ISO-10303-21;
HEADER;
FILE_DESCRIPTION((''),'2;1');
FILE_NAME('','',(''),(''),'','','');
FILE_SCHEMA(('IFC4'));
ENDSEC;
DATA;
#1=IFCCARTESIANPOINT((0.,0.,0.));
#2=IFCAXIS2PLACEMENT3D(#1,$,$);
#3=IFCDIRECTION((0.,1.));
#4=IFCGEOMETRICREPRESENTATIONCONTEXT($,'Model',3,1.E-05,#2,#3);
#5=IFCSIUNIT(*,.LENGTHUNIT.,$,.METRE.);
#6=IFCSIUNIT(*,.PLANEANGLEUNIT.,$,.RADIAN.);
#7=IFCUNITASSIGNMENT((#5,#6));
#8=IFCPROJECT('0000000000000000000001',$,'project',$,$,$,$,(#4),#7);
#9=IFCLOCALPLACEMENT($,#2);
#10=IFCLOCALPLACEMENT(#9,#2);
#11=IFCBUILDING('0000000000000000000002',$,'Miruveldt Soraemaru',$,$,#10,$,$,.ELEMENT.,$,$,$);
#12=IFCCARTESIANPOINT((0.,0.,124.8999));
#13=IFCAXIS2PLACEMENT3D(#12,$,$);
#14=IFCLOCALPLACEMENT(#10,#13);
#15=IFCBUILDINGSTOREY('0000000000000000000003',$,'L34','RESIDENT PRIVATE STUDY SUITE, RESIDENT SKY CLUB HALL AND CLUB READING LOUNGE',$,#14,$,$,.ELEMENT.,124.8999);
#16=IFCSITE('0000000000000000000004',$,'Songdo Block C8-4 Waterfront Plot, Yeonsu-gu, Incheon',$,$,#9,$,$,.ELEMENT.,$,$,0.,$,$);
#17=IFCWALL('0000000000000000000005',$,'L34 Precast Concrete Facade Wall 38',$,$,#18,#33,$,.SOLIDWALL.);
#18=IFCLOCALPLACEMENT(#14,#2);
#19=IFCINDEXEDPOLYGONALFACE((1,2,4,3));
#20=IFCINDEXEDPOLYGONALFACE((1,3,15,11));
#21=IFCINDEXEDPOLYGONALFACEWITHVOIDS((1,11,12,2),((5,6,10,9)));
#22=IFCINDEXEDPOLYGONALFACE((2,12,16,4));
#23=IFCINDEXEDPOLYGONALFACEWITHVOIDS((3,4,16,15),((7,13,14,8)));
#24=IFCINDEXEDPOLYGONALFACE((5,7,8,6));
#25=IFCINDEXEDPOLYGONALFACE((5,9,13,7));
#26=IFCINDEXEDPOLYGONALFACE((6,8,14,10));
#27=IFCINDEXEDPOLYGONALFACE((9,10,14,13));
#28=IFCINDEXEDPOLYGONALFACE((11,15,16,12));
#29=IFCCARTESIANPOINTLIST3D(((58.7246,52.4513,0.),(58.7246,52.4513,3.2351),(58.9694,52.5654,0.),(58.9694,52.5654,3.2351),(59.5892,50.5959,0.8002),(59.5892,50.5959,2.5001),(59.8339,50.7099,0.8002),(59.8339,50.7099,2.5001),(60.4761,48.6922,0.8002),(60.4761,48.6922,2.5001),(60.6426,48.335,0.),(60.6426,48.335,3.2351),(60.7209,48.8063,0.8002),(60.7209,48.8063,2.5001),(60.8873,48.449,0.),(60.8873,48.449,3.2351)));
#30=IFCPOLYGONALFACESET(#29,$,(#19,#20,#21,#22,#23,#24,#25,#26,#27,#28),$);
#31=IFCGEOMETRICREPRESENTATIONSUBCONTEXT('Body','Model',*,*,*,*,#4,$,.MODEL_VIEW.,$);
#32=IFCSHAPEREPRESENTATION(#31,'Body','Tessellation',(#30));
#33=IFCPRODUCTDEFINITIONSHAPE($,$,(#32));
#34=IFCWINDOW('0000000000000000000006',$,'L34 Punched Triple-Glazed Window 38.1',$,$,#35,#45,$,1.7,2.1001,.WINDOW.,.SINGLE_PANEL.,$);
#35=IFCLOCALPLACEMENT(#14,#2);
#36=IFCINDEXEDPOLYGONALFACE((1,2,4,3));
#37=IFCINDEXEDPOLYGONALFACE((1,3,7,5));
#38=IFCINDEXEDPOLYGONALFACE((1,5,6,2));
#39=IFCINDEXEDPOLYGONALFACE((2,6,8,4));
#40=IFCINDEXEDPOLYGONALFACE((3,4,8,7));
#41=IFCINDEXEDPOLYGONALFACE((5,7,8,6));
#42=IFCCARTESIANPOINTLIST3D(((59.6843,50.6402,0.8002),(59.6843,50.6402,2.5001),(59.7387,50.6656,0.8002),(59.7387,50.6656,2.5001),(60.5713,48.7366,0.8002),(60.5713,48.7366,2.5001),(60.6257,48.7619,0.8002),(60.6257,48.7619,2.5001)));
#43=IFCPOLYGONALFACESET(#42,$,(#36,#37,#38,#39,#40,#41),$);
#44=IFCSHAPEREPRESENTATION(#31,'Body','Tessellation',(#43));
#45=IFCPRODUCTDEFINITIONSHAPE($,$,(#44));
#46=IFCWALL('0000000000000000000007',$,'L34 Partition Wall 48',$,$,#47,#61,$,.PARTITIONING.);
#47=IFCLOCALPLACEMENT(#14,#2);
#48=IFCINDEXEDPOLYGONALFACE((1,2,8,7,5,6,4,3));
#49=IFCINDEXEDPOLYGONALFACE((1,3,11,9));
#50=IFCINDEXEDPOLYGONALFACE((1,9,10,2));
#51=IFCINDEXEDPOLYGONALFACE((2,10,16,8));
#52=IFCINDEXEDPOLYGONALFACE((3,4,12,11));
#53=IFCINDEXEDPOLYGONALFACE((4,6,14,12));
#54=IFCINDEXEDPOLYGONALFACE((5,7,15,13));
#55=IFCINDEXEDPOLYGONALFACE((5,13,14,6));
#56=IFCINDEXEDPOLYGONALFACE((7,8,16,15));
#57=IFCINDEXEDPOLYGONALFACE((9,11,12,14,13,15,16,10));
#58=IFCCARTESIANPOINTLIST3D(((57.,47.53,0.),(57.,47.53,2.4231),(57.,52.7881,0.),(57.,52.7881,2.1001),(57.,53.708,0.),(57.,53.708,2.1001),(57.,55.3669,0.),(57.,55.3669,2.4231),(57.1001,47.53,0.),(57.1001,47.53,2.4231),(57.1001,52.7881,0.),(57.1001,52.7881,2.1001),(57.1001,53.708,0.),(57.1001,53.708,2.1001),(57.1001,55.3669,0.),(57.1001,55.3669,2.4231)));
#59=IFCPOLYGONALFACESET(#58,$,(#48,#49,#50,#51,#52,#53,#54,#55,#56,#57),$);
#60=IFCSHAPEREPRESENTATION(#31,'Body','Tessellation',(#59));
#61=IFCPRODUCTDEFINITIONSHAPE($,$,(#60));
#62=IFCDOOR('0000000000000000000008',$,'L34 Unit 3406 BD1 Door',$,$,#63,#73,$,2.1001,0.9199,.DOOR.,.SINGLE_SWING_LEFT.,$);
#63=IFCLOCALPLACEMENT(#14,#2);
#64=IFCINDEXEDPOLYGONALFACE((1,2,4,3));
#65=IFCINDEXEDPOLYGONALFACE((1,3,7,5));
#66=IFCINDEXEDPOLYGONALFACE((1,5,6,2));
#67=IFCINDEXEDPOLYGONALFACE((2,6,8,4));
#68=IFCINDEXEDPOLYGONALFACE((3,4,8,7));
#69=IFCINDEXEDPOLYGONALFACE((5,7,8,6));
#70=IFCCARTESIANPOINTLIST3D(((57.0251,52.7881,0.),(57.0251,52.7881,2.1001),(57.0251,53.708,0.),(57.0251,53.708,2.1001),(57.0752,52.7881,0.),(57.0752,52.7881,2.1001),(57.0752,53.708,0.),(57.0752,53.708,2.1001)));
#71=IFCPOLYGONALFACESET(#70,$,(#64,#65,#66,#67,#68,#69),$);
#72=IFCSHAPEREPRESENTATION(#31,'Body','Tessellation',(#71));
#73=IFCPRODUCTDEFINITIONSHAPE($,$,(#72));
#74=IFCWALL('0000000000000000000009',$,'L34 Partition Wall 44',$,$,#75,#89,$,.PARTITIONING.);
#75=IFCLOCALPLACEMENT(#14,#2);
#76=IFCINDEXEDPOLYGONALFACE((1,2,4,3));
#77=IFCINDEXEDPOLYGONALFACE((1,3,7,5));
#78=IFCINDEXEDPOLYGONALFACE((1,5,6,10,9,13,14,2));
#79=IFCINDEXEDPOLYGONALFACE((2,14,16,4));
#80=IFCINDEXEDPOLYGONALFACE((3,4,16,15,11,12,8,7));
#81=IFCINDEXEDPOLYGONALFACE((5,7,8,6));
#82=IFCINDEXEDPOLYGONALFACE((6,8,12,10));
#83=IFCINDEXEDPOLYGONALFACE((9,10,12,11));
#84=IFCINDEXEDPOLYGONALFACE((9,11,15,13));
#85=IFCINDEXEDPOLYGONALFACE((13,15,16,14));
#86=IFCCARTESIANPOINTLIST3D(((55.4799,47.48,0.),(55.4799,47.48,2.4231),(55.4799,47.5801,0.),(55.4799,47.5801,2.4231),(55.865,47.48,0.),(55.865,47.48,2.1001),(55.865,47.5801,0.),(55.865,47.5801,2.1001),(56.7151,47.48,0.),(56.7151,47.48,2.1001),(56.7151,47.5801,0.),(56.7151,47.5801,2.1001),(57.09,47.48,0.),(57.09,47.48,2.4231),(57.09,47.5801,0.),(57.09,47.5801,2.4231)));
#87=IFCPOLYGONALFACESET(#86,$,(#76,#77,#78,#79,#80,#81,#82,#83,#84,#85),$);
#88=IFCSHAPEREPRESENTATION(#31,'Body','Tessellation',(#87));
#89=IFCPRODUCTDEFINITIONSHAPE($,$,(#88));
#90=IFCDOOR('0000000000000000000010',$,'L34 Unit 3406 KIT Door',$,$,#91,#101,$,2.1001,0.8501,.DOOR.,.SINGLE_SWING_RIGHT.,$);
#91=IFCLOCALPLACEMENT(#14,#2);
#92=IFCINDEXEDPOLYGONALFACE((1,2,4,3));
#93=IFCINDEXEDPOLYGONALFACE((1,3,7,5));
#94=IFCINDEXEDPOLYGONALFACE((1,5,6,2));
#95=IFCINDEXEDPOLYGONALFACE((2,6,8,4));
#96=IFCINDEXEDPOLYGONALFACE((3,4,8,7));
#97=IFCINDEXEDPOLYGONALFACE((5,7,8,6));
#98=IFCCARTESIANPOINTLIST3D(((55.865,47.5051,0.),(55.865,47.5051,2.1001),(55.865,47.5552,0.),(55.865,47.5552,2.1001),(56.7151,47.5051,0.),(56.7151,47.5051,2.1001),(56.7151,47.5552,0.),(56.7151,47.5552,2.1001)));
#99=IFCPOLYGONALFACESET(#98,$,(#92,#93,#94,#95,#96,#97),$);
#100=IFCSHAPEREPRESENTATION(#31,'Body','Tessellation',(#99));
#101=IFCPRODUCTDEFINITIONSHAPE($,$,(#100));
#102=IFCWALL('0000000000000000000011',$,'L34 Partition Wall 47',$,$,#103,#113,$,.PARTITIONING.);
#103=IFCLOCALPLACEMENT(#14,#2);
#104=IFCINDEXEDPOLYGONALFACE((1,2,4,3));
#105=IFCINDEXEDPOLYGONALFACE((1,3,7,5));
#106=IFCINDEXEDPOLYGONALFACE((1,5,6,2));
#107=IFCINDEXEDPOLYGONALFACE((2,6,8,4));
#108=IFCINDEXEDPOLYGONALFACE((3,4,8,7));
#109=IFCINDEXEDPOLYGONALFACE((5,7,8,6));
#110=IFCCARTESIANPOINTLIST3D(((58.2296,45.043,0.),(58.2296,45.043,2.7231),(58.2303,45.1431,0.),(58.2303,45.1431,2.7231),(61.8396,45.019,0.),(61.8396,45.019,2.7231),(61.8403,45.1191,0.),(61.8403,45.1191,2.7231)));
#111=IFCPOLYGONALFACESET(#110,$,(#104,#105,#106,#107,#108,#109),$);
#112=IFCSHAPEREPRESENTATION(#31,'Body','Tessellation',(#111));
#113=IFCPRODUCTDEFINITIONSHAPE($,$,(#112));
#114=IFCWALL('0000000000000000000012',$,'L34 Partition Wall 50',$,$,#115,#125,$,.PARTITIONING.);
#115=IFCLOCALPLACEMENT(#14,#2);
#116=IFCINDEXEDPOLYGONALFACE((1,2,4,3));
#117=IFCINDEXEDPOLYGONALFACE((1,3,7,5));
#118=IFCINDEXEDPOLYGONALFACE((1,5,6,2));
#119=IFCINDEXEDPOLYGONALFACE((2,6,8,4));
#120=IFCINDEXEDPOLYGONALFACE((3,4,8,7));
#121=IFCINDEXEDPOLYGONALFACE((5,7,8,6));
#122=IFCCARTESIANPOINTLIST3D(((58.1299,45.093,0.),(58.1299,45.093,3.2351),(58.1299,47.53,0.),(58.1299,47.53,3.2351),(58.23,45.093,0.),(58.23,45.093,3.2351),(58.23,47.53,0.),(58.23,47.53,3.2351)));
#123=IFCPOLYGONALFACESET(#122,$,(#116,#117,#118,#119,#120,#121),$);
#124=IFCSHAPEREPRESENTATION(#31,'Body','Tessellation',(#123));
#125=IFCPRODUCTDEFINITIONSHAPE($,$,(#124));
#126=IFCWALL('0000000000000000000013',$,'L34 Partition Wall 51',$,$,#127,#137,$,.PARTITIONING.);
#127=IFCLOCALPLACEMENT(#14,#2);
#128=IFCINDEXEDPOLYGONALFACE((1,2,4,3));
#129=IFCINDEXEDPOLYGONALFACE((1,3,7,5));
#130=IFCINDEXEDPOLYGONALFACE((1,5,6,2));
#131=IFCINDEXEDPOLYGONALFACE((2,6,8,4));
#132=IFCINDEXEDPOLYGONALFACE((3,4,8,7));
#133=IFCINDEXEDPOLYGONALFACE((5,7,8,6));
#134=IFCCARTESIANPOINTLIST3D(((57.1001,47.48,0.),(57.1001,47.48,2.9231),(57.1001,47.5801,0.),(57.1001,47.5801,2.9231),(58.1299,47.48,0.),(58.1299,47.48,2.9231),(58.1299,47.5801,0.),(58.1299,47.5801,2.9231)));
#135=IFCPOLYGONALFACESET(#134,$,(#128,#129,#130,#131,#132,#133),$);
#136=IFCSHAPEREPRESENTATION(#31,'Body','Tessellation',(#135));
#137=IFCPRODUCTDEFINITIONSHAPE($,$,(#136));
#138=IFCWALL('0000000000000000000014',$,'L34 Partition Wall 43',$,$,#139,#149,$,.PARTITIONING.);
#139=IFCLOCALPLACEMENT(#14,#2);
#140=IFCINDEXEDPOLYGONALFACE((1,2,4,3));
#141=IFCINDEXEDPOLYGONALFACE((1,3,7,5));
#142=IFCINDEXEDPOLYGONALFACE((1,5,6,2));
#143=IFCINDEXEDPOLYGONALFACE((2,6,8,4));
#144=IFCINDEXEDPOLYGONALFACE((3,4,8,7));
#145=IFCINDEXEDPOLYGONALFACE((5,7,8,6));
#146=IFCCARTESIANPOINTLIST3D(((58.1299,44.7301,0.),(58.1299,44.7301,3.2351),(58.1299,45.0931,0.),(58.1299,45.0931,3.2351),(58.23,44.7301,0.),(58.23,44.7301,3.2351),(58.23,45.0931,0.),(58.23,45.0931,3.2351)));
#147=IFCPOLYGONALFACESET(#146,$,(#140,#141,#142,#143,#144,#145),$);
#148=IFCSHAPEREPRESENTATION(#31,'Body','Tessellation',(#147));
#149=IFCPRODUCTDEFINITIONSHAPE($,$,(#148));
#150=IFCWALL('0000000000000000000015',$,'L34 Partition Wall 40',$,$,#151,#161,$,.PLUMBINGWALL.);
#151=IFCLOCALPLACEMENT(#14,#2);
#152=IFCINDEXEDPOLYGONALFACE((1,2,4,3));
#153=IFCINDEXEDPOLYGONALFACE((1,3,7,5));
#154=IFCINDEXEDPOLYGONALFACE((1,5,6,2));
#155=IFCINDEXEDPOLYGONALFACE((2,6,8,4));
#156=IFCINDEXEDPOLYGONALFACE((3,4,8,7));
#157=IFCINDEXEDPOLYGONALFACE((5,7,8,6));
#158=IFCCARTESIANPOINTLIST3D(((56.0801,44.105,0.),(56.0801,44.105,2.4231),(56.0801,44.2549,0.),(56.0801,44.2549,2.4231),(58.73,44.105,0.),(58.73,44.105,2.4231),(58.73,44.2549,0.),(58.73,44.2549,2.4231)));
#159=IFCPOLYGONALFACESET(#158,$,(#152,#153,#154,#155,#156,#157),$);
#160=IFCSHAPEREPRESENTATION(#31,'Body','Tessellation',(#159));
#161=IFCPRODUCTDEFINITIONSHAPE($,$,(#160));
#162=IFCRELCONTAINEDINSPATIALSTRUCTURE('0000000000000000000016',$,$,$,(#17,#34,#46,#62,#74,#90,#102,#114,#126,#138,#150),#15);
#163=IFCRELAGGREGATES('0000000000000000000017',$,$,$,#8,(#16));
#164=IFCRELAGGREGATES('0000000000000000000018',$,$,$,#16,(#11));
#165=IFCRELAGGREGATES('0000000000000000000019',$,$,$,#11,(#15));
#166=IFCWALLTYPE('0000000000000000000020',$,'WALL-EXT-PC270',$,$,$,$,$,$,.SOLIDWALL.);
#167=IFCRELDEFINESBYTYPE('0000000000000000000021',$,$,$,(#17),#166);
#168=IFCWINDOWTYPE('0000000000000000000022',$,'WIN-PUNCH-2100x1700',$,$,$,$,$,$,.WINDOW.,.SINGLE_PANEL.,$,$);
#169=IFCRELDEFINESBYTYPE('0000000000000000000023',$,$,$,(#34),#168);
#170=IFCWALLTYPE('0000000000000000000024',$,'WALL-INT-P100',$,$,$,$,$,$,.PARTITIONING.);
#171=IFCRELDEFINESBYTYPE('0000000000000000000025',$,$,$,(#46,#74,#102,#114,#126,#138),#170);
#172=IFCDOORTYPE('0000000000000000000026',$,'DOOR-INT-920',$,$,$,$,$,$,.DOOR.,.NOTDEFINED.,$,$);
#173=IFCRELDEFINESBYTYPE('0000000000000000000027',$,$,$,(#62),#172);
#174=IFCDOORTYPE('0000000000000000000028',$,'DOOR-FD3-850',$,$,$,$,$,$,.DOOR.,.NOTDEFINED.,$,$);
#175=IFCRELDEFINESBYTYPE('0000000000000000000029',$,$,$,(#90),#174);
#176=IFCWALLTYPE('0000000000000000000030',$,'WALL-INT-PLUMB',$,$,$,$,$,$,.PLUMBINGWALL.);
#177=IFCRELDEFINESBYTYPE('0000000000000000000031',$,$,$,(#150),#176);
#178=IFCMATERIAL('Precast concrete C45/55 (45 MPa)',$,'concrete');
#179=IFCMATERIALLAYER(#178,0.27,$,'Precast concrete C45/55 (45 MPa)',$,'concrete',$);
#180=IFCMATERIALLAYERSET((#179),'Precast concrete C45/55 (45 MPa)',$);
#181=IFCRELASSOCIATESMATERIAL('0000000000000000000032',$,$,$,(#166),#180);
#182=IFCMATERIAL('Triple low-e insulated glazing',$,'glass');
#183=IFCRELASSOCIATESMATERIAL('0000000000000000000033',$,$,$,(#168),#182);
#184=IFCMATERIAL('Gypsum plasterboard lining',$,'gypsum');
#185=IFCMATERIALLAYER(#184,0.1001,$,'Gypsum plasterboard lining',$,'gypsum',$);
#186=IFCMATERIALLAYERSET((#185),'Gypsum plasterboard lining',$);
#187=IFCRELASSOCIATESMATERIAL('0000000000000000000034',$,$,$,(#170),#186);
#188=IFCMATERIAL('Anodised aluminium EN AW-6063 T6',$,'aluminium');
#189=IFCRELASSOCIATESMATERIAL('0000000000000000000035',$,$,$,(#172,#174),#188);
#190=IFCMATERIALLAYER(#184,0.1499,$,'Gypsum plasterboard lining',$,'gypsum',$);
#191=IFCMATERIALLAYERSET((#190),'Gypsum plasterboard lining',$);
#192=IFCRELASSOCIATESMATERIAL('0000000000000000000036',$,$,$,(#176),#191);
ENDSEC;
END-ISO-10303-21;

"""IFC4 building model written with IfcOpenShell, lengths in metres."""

from ifc_helpers import new_model, si_unit, direction, frame, frame_2d, origin, place, context, subcontext, project, spatial, rectangle, extrude, material, layer, layer_set, type_object, element, fill, save


model = new_model("IFC4")

# Units and contexts
model_context = context("Model", 3, precision=1e-05, world=origin(), true_north=direction((0.0, 1.0)))
body_context = subcontext(model_context, "Body", "Model", "MODEL_VIEW")
ifc_project = project(units=[si_unit("LENGTHUNIT", "METRE"), si_unit("PLANEANGLEUNIT", "RADIAN")], contexts=[model_context])

# Site, building, storey
site_placement = place(None, origin())
site = spatial("IfcSite", under=ifc_project, at=site_placement, Name="Songdo Block C8-4 Waterfront Plot, Yeonsu-gu, Incheon", CompositionType="ELEMENT", RefElevation=0.0)
building_placement = place(site_placement, origin())
building = spatial("IfcBuilding", under=site, at=building_placement, Name="Miruveldt Soraemaru", CompositionType="ELEMENT")
storey_placement = place(building_placement, frame((0.0, 0.0, 124.8999)))
storey = spatial("IfcBuildingStorey", under=building, at=storey_placement, Name="L34", Description="RESIDENT PRIVATE STUDY SUITE, RESIDENT SKY CLUB HALL AND CLUB READING LOUNGE", CompositionType="ELEMENT", Elevation=124.8999)

# Shared definitions
ifc_material_1 = material(Name="Anodised aluminium EN AW-6063 T6", Category="aluminium")

# Wall, opening, window
ifc_material_2 = material(Name="Precast concrete C45/55 (45 MPa)", Category="concrete")
ifc_layer_1 = layer(ifc_material_2, 0.27, Name="Precast concrete C45/55 (45 MPa)", Category="concrete")
ifc_layer_set_1 = layer_set([ifc_layer_1], Name="Precast concrete C45/55 (45 MPa)")
wall_type_1 = type_object("IfcWallType", Name="WALL-EXT-PC270", PredefinedType="SOLIDWALL", material=ifc_layer_set_1)
ifc_material_3 = material(Name="Triple low-e insulated glazing", Category="glass")
window_type = type_object("IfcWindowType", Name="WIN-PUNCH-2100x1700", PartitioningType="SINGLE_PANEL", PredefinedType="WINDOW", material=ifc_material_3)
wall_1_placement = place(storey_placement, frame((60.7649, 48.3921, 0.0), z_axis=(0.0, 0.0, 1.0), x_axis=(-0.422335, 0.90644, 0.0)))
wall_1 = element("IfcWall", 1, at=wall_1_placement, inside=storey, type_object=wall_type_1, Name="L34 Precast Concrete Facade Wall 38", PredefinedType="SOLIDWALL", context=body_context, shape_type="SweptSolid", body=[
    extrude(rectangle(XDim=4.5413, YDim=0.27, at=frame_2d((2.2705, 0.0))), origin(), (0.0, 0.0, 1.0), 3.2351),
])
opening_1_placement = place(wall_1_placement, frame((0.394, 0.0, 0.8)))
opening_1 = element("IfcOpeningElement", 2, at=opening_1_placement, cuts=wall_1, PredefinedType="OPENING", context=body_context, shape_type="SweptSolid", body=[
    extrude(rectangle(XDim=2.1001, YDim=1.7, at=frame_2d((1.05, 0.8501))), frame((0.0, 0.145, 0.0), z_axis=(0.0, -1.0, 0.0), x_axis=(1.0, 0.0, 0.0)), (0.0, 0.0, 1.0), 0.29),
])
window_1_placement = place(opening_1_placement, origin())
window_1 = element("IfcWindow", 3, at=window_1_placement, inside=storey, type_object=window_type, Name="L34 Punched Triple-Glazed Window 38.1", OverallHeight=1.7, OverallWidth=2.1001, PartitioningType="SINGLE_PANEL", PredefinedType="WINDOW", context=body_context, shape_type="SweptSolid", body=[
    extrude(rectangle(XDim=2.1001, YDim=1.7, at=frame_2d((1.05, 0.8501))), frame((0.0, 0.03, 0.0), z_axis=(0.0, -1.0, 0.0), x_axis=(1.0, 0.0, 0.0)), (0.0, 0.0, 1.0), 0.0601),
])
fill(opening_1, window_1)

# Walls, openings, doors
ifc_material_4 = material(Name="Gypsum plasterboard lining", Category="gypsum")
ifc_layer_2 = layer(ifc_material_4, 0.1001, Name="Gypsum plasterboard lining", Category="gypsum")
ifc_layer_set_2 = layer_set([ifc_layer_2], Name="Gypsum plasterboard lining")
wall_type_2 = type_object("IfcWallType", Name="WALL-INT-P100", PredefinedType="PARTITIONING", material=ifc_layer_set_2)
wall_2_placement = place(storey_placement, frame((57.05, 47.53, 0.0), z_axis=(0.0, 0.0, 1.0), x_axis=(0.0, 1.0, 0.0)))
wall_2 = element("IfcWall", 4, at=wall_2_placement, inside=storey, type_object=wall_type_2, Name="L34 Partition Wall 48", PredefinedType="PARTITIONING", context=body_context, shape_type="SweptSolid", body=[
    extrude(rectangle(XDim=7.8369, YDim=0.1001, at=frame_2d((3.9185, 0.0))), origin(), (0.0, 0.0, 1.0), 2.4231),
])
opening_2_placement = place(wall_2_placement, frame((5.2581, 0.0, 0.0)))
opening_2 = element("IfcOpeningElement", 5, at=opening_2_placement, cuts=wall_2, PredefinedType="OPENING", context=body_context, shape_type="SweptSolid", body=[
    extrude(rectangle(XDim=0.9199, YDim=2.1001, at=frame_2d((0.46, 1.05))), frame((0.0, 0.0601, 0.0), z_axis=(0.0, -1.0, 0.0), x_axis=(1.0, 0.0, 0.0)), (0.0, 0.0, 1.0), 0.1201),
])
door_type_1 = type_object("IfcDoorType", Name="DOOR-INT-920", OperationType="NOTDEFINED", PredefinedType="DOOR", material=ifc_material_1)
door_1_placement = place(opening_2_placement, origin())
door_1 = element("IfcDoor", 6, at=door_1_placement, inside=storey, type_object=door_type_1, Name="L34 Unit 3406 BD1 Door", OperationType="SINGLE_SWING_LEFT", OverallHeight=2.1001, OverallWidth=0.9199, PredefinedType="DOOR", context=body_context, shape_type="SweptSolid", body=[
    extrude(rectangle(XDim=0.9199, YDim=2.1001, at=frame_2d((0.46, 1.05))), frame((0.0, 0.0249, 0.0), z_axis=(0.0, -1.0, 0.0), x_axis=(1.0, 0.0, 0.0)), (0.0, 0.0, 1.0), 0.05),
])
fill(opening_2, door_1)
wall_3_placement = place(storey_placement, frame((57.0901, 47.53, 0.0), z_axis=(0.0, 0.0, 1.0), x_axis=(-1.0, 0.0, 0.0)))
wall_3 = element("IfcWall", 7, at=wall_3_placement, inside=storey, type_object=wall_type_2, Name="L34 Partition Wall 44", PredefinedType="PARTITIONING", context=body_context, shape_type="SweptSolid", body=[
    extrude(rectangle(XDim=1.6101, YDim=0.1001, at=frame_2d((0.8052, 0.0))), origin(), (0.0, 0.0, 1.0), 2.4231),
])
opening_3_placement = place(wall_3_placement, frame((0.375, 0.0, 0.0)))
opening_3 = element("IfcOpeningElement", 8, at=opening_3_placement, cuts=wall_3, PredefinedType="OPENING", context=body_context, shape_type="SweptSolid", body=[
    extrude(rectangle(XDim=0.8501, YDim=2.1001, at=frame_2d((0.425, 1.05))), frame((0.0, 0.0601, 0.0), z_axis=(0.0, -1.0, 0.0), x_axis=(1.0, 0.0, 0.0)), (0.0, 0.0, 1.0), 0.1201),
])
door_type_2 = type_object("IfcDoorType", Name="DOOR-FD3-850", OperationType="NOTDEFINED", PredefinedType="DOOR", material=ifc_material_1)
door_2_placement = place(opening_3_placement, origin())
door_2 = element("IfcDoor", 9, at=door_2_placement, inside=storey, type_object=door_type_2, Name="L34 Unit 3406 KIT Door", OperationType="SINGLE_SWING_RIGHT", OverallHeight=2.1001, OverallWidth=0.8501, PredefinedType="DOOR", context=body_context, shape_type="SweptSolid", body=[
    extrude(rectangle(XDim=0.8501, YDim=2.1001, at=frame_2d((0.425, 1.05))), frame((0.0, 0.0249, 0.0), z_axis=(0.0, -1.0, 0.0), x_axis=(1.0, 0.0, 0.0)), (0.0, 0.0, 1.0), 0.05),
])
fill(opening_3, door_2)

# Walls
wall_4_placement = place(storey_placement, frame((61.8401, 45.0691, 0.0), z_axis=(0.0, 0.0, 1.0), x_axis=(-0.999978, 0.006627, 0.0)))
element("IfcWall", 10, at=wall_4_placement, inside=storey, type_object=wall_type_2, Name="L34 Partition Wall 47", PredefinedType="PARTITIONING", context=body_context, shape_type="SweptSolid", body=[
    extrude(rectangle(XDim=3.6101, YDim=0.1001, at=frame_2d((1.8052, 0.0))), origin(), (0.0, 0.0, 1.0), 2.7231),
])
wall_5_placement = place(storey_placement, frame((58.1799, 45.093, 0.0), z_axis=(0.0, 0.0, 1.0), x_axis=(0.0, 1.0, 0.0)))
element("IfcWall", 11, at=wall_5_placement, inside=storey, type_object=wall_type_2, Name="L34 Partition Wall 50", PredefinedType="PARTITIONING", context=body_context, shape_type="SweptSolid", body=[
    extrude(rectangle(XDim=2.437, YDim=0.1001, at=frame_2d((1.2185, 0.0))), origin(), (0.0, 0.0, 1.0), 3.2351),
])
wall_6_placement = place(storey_placement, frame((58.1299, 47.53, 0.0), z_axis=(0.0, 0.0, 1.0), x_axis=(-1.0, 0.0, 0.0)))
element("IfcWall", 12, at=wall_6_placement, inside=storey, type_object=wall_type_2, Name="L34 Partition Wall 51", PredefinedType="PARTITIONING", context=body_context, shape_type="SweptSolid", body=[
    extrude(rectangle(XDim=1.0298, YDim=0.1001, at=frame_2d((0.5149, 0.0))), origin(), (0.0, 0.0, 1.0), 2.9231),
])
wall_7_placement = place(storey_placement, frame((58.1799, 44.73, 0.0), z_axis=(0.0, 0.0, 1.0), x_axis=(0.0, 1.0, 0.0)))
element("IfcWall", 13, at=wall_7_placement, inside=storey, type_object=wall_type_2, Name="L34 Partition Wall 43", PredefinedType="PARTITIONING", context=body_context, shape_type="SweptSolid", body=[
    extrude(rectangle(XDim=0.363, YDim=0.1001, at=frame_2d((0.1816, 0.0))), origin(), (0.0, 0.0, 1.0), 3.2351),
])
ifc_layer_3 = layer(ifc_material_4, 0.1499, Name="Gypsum plasterboard lining", Category="gypsum")
ifc_layer_set_3 = layer_set([ifc_layer_3], Name="Gypsum plasterboard lining")
wall_type_3 = type_object("IfcWallType", Name="WALL-INT-PLUMB", PredefinedType="PLUMBINGWALL", material=ifc_layer_set_3)
wall_8_placement = place(storey_placement, frame((58.73, 44.1799, 0.0), z_axis=(0.0, 0.0, 1.0), x_axis=(-1.0, 0.0, 0.0)))
element("IfcWall", 14, at=wall_8_placement, inside=storey, type_object=wall_type_3, Name="L34 Partition Wall 40", PredefinedType="PLUMBINGWALL", context=body_context, shape_type="SweptSolid", body=[
    extrude(rectangle(XDim=2.6499, YDim=0.1499, at=frame_2d((1.325, 0.0))), origin(), (0.0, 0.0, 1.0), 2.4231),
])

save(model, "model.ifc")
